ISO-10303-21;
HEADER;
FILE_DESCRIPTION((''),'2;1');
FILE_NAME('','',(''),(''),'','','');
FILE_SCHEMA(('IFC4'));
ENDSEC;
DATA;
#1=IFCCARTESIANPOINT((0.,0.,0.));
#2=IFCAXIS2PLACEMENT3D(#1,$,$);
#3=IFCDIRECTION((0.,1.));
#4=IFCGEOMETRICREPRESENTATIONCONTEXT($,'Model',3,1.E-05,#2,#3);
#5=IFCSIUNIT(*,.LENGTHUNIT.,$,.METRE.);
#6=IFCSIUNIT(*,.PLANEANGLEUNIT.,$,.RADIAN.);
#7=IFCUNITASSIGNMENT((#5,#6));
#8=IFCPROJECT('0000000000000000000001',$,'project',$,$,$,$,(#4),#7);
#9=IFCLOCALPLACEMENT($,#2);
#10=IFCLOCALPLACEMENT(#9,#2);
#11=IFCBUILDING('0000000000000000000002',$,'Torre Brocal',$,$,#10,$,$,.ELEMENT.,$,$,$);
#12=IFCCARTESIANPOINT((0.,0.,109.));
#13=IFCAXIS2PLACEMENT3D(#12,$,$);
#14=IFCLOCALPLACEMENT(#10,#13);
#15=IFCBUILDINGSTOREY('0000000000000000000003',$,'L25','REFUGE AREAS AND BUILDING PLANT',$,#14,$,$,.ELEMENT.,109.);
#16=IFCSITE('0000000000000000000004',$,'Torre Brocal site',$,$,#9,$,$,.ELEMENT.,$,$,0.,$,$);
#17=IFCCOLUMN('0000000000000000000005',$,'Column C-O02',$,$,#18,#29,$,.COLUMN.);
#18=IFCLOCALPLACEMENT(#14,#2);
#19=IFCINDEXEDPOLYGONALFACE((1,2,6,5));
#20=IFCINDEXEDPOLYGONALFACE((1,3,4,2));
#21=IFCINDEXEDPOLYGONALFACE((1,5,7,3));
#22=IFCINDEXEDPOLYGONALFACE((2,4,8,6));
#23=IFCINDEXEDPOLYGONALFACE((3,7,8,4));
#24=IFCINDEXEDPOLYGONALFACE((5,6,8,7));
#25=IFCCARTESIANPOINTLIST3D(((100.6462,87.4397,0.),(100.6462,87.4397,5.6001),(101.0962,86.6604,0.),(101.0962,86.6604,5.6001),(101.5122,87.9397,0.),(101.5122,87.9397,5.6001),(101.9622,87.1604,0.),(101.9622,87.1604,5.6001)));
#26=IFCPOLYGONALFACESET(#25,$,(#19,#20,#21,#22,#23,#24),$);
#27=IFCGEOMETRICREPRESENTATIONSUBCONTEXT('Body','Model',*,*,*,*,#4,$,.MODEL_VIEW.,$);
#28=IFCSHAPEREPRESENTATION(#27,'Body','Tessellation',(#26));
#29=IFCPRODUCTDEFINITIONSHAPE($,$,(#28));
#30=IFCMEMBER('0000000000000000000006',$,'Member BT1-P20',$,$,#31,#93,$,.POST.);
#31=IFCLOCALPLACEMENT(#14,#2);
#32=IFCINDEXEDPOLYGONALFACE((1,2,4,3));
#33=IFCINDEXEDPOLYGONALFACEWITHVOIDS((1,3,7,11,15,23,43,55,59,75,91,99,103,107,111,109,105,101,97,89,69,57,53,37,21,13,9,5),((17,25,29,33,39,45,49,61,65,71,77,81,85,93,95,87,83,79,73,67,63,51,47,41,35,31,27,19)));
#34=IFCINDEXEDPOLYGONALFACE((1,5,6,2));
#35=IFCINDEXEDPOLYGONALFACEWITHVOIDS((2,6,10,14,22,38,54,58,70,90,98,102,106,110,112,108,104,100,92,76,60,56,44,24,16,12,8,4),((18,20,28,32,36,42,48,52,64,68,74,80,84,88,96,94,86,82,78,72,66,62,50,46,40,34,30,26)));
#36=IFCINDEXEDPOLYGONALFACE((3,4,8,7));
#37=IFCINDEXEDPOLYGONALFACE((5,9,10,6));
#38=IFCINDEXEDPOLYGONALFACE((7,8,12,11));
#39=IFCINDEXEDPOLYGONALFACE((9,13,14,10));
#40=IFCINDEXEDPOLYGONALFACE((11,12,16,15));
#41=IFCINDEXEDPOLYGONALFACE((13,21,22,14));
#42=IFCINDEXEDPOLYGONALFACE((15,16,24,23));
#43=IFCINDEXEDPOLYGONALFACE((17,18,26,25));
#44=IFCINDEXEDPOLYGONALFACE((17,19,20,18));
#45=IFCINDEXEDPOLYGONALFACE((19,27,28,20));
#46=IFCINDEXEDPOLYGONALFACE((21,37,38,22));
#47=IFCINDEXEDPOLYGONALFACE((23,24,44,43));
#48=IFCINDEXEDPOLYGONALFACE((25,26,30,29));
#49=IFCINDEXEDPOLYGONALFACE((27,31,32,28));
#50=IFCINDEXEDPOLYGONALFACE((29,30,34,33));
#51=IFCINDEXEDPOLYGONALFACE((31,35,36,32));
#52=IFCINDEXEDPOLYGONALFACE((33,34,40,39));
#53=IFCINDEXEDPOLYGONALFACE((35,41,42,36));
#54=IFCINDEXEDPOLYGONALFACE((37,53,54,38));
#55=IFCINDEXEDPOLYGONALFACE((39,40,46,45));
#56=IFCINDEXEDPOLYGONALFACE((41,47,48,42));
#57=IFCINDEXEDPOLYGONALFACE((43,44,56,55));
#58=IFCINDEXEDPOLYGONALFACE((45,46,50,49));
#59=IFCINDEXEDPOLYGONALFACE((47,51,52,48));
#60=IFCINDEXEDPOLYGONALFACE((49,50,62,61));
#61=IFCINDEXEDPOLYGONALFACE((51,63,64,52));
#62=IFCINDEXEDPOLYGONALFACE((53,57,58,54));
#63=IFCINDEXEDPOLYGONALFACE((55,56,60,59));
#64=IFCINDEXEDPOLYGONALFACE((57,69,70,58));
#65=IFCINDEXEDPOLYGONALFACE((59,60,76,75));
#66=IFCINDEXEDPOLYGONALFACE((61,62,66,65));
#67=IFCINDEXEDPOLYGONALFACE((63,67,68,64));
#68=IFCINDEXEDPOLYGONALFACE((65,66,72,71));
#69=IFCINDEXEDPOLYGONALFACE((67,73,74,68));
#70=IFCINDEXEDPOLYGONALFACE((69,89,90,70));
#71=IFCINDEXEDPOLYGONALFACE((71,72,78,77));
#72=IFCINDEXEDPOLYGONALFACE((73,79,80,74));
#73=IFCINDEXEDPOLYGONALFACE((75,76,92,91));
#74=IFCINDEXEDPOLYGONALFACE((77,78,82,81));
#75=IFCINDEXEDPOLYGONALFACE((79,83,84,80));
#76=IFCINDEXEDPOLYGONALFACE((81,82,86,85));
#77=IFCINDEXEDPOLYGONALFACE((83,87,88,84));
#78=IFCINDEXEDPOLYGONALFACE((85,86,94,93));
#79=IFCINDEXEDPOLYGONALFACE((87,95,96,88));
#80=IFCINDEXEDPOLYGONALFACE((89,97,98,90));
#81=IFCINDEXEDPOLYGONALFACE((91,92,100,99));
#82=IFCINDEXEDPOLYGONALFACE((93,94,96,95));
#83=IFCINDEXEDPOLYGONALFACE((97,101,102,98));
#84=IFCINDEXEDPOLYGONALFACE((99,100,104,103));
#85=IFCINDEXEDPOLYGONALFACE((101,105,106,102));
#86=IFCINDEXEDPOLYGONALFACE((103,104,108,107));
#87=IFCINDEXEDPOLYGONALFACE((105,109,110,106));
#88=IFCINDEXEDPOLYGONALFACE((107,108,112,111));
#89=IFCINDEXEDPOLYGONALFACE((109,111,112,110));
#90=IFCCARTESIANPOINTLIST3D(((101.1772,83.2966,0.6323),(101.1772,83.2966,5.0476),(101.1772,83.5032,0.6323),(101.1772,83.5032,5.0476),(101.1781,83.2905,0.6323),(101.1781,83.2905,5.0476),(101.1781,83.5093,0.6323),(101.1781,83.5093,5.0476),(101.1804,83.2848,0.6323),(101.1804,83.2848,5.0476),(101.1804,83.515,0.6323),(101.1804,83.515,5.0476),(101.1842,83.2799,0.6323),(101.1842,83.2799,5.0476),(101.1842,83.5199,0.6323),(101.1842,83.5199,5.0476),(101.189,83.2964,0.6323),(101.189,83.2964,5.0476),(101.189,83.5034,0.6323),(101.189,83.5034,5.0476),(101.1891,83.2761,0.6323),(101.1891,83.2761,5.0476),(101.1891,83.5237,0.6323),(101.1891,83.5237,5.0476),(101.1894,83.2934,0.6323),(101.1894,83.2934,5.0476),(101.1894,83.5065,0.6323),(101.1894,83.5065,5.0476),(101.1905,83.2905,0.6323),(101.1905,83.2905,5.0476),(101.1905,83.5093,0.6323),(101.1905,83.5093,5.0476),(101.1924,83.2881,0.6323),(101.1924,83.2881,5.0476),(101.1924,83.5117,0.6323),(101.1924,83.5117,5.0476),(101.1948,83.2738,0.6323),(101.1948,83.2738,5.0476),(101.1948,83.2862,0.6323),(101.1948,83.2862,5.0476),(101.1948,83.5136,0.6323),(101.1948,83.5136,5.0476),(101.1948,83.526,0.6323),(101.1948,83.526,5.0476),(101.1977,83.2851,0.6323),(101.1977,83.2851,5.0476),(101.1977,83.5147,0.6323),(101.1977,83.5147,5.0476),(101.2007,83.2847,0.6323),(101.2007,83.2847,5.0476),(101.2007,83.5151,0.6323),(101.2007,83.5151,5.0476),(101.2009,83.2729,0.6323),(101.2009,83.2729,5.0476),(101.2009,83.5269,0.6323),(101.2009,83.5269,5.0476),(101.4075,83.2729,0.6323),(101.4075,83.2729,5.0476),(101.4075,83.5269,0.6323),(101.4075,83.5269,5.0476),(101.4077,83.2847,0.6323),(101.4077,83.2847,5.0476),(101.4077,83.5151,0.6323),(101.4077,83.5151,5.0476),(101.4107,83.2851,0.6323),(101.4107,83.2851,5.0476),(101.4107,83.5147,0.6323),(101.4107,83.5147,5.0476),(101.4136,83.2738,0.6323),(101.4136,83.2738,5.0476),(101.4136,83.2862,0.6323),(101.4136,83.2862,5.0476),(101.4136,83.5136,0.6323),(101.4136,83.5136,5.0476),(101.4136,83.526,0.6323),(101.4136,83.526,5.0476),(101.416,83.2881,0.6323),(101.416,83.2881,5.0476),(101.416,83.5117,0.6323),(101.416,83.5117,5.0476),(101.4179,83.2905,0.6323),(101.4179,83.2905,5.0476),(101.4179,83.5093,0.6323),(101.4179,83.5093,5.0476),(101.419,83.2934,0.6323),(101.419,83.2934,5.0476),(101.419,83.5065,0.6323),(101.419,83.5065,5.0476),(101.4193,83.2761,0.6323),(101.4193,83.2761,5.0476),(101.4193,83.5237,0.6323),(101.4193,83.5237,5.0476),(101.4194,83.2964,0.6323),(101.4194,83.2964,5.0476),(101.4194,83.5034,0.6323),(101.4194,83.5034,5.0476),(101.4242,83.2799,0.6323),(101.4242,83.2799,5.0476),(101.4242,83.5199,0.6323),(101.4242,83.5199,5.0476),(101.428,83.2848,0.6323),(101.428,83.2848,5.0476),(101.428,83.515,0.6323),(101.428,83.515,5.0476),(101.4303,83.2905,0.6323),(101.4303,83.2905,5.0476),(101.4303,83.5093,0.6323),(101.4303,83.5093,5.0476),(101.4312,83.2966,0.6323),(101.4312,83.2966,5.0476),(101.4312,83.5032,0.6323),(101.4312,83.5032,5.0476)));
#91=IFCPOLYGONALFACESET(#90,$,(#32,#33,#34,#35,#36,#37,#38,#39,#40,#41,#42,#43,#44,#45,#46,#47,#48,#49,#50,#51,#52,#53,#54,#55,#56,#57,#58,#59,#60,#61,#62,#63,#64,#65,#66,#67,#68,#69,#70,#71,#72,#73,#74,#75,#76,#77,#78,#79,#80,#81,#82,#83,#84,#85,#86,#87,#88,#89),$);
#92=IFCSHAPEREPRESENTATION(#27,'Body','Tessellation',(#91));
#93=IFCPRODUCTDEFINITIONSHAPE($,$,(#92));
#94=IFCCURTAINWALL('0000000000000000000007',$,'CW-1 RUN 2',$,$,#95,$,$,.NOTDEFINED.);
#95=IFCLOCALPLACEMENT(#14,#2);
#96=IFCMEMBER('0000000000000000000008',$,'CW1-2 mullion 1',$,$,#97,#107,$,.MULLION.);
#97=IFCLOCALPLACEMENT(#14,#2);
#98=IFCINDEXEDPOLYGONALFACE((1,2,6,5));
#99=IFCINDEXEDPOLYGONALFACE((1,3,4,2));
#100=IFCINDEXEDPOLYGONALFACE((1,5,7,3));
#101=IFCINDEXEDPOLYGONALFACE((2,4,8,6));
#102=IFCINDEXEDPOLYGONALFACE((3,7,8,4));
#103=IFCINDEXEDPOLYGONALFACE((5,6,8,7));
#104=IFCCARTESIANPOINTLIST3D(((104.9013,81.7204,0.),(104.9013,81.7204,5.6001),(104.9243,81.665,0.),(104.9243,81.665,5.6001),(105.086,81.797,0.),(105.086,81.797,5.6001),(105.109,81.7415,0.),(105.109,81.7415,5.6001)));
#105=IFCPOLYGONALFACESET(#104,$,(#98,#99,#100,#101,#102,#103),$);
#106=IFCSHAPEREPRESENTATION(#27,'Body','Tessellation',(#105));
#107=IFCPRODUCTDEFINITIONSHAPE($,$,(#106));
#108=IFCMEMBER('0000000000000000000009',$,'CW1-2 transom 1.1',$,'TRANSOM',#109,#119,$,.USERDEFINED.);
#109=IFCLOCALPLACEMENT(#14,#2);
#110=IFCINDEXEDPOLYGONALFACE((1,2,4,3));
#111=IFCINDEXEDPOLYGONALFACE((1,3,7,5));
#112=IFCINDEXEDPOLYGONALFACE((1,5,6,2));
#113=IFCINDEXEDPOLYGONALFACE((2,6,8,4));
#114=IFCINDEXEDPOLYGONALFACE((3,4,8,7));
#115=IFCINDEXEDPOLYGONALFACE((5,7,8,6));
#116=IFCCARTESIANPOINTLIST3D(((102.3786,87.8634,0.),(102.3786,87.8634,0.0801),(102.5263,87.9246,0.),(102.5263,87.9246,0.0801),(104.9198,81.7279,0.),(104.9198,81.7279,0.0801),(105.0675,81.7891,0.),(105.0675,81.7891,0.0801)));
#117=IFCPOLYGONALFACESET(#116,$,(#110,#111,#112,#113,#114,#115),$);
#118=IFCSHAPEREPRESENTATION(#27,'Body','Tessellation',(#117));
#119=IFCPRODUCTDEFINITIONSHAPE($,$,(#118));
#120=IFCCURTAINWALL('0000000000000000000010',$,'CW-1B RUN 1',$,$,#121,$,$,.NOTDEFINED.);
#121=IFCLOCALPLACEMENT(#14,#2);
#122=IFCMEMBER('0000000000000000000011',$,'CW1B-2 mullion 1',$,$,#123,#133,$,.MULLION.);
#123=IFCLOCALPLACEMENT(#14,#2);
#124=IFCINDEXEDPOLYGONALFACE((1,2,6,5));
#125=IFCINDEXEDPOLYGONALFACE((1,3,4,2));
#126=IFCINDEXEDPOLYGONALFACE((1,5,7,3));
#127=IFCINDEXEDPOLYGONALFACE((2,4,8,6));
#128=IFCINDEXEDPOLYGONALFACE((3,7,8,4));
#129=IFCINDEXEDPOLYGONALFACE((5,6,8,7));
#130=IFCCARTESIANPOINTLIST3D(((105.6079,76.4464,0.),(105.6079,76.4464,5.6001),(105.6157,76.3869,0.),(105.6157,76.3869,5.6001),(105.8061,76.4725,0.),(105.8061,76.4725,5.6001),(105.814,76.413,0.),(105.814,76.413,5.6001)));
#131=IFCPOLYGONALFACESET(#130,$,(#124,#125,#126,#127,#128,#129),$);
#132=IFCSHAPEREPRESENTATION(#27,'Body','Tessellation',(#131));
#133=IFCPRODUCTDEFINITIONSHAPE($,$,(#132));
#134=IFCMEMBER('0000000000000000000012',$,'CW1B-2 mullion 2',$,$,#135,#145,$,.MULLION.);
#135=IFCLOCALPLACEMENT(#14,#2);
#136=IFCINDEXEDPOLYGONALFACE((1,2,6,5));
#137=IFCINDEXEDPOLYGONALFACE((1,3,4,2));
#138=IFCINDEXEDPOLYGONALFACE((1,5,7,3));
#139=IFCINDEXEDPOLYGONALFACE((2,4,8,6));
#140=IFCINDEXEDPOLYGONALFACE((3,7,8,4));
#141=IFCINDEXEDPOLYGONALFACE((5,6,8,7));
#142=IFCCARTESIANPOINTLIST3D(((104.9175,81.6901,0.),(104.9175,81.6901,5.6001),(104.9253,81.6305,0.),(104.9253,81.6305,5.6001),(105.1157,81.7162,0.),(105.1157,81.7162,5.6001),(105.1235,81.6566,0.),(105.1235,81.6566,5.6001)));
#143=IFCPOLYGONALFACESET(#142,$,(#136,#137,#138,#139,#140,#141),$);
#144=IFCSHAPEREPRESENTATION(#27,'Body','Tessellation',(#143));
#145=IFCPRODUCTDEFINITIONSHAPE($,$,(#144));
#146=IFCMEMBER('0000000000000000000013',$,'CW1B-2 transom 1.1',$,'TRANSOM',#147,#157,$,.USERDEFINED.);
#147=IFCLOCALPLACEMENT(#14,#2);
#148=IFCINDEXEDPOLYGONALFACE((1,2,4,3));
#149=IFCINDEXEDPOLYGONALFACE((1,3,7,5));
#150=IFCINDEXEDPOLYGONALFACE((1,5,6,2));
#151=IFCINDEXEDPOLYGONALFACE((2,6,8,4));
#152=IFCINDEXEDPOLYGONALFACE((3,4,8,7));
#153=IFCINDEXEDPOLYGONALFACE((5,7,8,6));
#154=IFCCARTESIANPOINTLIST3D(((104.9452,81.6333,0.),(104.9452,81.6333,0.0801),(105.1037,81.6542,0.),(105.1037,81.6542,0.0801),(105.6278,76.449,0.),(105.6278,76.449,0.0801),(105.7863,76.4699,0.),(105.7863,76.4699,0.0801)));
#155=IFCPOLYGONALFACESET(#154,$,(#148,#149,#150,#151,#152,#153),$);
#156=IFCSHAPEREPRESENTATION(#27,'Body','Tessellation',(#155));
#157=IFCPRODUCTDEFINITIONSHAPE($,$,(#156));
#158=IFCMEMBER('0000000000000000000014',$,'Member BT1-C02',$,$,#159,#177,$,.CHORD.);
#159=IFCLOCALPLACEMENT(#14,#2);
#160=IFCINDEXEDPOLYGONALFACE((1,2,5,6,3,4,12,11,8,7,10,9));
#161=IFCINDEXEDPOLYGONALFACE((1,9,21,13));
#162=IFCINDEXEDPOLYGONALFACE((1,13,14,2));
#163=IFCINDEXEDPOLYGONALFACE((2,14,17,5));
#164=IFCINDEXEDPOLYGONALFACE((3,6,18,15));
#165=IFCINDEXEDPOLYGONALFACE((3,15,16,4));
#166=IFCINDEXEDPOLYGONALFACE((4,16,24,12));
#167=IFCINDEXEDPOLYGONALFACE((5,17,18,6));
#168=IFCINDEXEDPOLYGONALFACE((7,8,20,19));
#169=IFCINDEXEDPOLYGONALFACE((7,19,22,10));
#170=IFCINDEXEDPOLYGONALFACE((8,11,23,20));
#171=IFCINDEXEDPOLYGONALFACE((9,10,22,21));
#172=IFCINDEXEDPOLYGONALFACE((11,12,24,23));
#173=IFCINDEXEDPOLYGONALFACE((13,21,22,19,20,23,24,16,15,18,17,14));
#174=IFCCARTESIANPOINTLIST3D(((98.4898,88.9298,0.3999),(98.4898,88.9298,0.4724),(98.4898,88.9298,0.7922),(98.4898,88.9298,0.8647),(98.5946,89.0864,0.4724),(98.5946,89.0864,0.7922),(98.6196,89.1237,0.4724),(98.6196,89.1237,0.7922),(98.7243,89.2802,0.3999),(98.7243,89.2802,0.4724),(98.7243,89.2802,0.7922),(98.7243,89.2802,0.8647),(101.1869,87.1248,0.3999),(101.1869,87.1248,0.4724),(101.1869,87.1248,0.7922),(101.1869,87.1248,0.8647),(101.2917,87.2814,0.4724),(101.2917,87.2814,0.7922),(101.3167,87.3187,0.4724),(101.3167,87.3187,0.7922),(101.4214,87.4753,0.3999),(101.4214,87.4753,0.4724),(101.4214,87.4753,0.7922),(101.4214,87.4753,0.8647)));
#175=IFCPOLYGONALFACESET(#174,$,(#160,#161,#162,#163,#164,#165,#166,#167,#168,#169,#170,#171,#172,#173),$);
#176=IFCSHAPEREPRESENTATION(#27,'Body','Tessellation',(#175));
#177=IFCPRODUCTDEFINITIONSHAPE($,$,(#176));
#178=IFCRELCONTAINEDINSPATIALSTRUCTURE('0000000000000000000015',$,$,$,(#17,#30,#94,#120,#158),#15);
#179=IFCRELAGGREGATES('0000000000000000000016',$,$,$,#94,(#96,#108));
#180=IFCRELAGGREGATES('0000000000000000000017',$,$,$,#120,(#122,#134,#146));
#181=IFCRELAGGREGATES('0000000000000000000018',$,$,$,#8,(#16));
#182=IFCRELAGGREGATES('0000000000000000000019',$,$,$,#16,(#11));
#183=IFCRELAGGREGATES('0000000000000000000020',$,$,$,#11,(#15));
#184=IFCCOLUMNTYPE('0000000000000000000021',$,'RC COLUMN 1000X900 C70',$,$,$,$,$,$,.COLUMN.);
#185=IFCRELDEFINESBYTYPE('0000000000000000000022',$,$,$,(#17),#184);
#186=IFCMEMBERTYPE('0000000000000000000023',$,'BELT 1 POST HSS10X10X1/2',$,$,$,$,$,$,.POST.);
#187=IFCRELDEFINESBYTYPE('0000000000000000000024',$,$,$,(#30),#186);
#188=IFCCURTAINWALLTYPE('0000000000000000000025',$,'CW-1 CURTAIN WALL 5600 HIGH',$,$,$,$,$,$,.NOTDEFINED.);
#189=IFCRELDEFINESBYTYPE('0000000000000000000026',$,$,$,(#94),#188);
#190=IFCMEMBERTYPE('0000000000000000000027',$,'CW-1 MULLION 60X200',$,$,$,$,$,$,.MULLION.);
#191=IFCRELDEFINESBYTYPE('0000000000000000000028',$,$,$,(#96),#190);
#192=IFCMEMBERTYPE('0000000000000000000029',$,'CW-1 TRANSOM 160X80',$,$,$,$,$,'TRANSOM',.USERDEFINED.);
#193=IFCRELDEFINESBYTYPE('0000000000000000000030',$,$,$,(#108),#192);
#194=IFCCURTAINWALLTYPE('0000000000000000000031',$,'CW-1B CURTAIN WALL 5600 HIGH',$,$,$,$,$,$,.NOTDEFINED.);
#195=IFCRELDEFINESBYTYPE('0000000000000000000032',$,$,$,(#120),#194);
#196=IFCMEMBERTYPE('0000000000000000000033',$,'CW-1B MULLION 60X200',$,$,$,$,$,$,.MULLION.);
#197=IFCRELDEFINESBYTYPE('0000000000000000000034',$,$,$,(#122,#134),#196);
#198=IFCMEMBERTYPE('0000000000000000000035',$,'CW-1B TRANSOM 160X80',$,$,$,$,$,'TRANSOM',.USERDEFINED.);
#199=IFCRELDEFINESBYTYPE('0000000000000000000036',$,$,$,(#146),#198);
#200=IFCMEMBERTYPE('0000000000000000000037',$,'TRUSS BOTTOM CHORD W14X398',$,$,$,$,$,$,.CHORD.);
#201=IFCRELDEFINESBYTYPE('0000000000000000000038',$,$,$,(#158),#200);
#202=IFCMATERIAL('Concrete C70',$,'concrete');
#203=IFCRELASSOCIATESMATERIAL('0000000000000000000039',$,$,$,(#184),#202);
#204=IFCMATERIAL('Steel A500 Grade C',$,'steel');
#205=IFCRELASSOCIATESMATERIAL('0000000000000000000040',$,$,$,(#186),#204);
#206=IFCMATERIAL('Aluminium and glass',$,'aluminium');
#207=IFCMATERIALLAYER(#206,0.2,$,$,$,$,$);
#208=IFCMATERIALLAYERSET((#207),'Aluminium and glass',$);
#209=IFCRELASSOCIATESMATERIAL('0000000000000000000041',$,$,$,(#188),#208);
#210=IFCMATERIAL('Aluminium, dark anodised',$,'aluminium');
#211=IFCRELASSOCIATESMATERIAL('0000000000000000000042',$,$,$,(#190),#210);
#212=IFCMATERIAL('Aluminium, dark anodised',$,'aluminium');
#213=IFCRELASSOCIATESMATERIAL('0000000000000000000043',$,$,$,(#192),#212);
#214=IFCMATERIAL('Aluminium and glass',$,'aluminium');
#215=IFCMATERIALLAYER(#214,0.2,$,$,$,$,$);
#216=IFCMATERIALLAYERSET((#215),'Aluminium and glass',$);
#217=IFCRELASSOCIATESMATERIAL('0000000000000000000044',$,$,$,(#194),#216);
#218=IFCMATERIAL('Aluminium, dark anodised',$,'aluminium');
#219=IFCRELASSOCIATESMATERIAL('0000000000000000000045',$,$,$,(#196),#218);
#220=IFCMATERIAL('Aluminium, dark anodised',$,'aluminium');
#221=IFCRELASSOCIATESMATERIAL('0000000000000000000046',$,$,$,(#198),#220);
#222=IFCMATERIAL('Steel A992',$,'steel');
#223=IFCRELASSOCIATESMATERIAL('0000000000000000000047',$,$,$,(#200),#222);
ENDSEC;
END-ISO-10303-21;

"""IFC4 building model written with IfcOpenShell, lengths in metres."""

from ifc_helpers import new_model, si_unit, direction, frame, origin, origin_2d, place, context, subcontext, project, spatial, rectangle, hollow_rectangle, i_section, extrude, material, layer, layer_set, material_profile, profile_set, type_object, element, aggregate, save


model = new_model("IFC4")

# Units and contexts
model_context = context("Model", 3, precision=1e-05, world=origin(), true_north=direction((0.0, 1.0)))
body_context = subcontext(model_context, "Body", "Model", "MODEL_VIEW")
ifc_project = project(units=[si_unit("LENGTHUNIT", "METRE"), si_unit("PLANEANGLEUNIT", "RADIAN")], contexts=[model_context])

# Site, building, storey
site_placement = place(None, origin())
site = spatial("IfcSite", under=ifc_project, at=site_placement, Name="Torre Brocal site", CompositionType="ELEMENT", RefElevation=0.0)
building_placement = place(site_placement, origin())
building = spatial("IfcBuilding", under=site, at=building_placement, Name="Torre Brocal", CompositionType="ELEMENT")
storey_placement = place(building_placement, frame((0.0, 0.0, 109.0)))
storey = spatial("IfcBuildingStorey", under=building, at=storey_placement, Name="L25", Description="REFUGE AREAS AND BUILDING PLANT", CompositionType="ELEMENT", Elevation=109.0)

# Column
ifc_material_1 = material(Name="Concrete C70", Category="concrete")
ifc_material_profile_1 = material_profile(ifc_material_1, rectangle(XDim=1.0, YDim=0.8999, at=origin_2d()), Name="RC 1000X900")
ifc_profile_set_1 = profile_set([ifc_material_profile_1], Name="Concrete C70")
column_type = type_object("IfcColumnType", Name="RC COLUMN 1000X900 C70", PredefinedType="COLUMN", material=ifc_profile_set_1)
column_placement = place(storey_placement, frame((101.3042, 87.3, 0.0), z_axis=(0.0, 0.0, 1.0), x_axis=(0.866025, 0.5, 0.0)))
element("IfcColumn", 1, at=column_placement, inside=storey, type_object=column_type, Name="Column C-O02", PredefinedType="COLUMN", context=body_context, shape_type="SweptSolid", body=[
    extrude(rectangle(XDim=1.0, YDim=0.8999, at=origin_2d()), origin(), (0.0, 0.0, 1.0), 5.6001),
])

# Member
ifc_material_2 = material(Name="Steel A500 Grade C", Category="steel")
ifc_material_profile_2 = material_profile(ifc_material_2, hollow_rectangle(XDim=0.2539, YDim=0.2539, WallThickness=0.0117, InnerFilletRadius=0.0117, OuterFilletRadius=0.0237, at=origin_2d()), Name="HSS10X10X1/2")
ifc_profile_set_2 = profile_set([ifc_material_profile_2], Name="Steel A500 Grade C")
member_type_1 = type_object("IfcMemberType", Name="BELT 1 POST HSS10X10X1/2", PredefinedType="POST", material=ifc_profile_set_2)
member_1_placement = place(storey_placement, frame((101.3042, 83.3999, 0.6323), z_axis=(0.0, 0.0, 1.0), x_axis=(1.0, 0.0, 0.0)))
element("IfcMember", 2, at=member_1_placement, inside=storey, type_object=member_type_1, Name="Member BT1-P20", PredefinedType="POST", context=body_context, shape_type="SweptSolid", body=[
    extrude(hollow_rectangle(XDim=0.2539, YDim=0.2539, WallThickness=0.0117, InnerFilletRadius=0.0117, OuterFilletRadius=0.0237, at=origin_2d()), origin(), (0.0, 0.0, 1.0), 4.4153),
])

# Curtain walls, members
ifc_material_3 = material(Name="Aluminium and glass", Category="aluminium")
ifc_layer_1 = layer(ifc_material_3, 0.2)
ifc_layer_set_1 = layer_set([ifc_layer_1], Name="Aluminium and glass")
curtain_wall_type_1 = type_object("IfcCurtainWallType", Name="CW-1 CURTAIN WALL 5600 HIGH", PredefinedType="NOTDEFINED", material=ifc_layer_set_1)
curtain_wall_1_placement = place(storey_placement, origin())
curtain_wall_1 = element("IfcCurtainWall", 3, at=curtain_wall_1_placement, inside=storey, type_object=curtain_wall_type_1, Name="CW-1 RUN 2", PredefinedType="NOTDEFINED")
ifc_material_4 = material(Name="Aluminium, dark anodised", Category="aluminium")
ifc_material_profile_3 = material_profile(ifc_material_4, rectangle(XDim=0.2, YDim=0.0601, at=origin_2d()), Name="CW-1 MULLION 60X200")
ifc_profile_set_3 = profile_set([ifc_material_profile_3], Name="Aluminium, dark anodised")
member_type_2 = type_object("IfcMemberType", Name="CW-1 MULLION 60X200", PredefinedType="MULLION", material=ifc_profile_set_3)
member_2_placement = place(storey_placement, frame((105.0051, 81.731, 0.0), z_axis=(0.0, 0.0, 1.0), x_axis=(-0.92388, -0.382683, 0.0)))
member_2 = element("IfcMember", 4, at=member_2_placement, type_object=member_type_2, Name="CW1-2 mullion 1", PredefinedType="MULLION", context=body_context, shape_type="SweptSolid", body=[
    extrude(rectangle(XDim=0.2, YDim=0.0601, at=origin_2d()), origin(), (0.0, 0.0, 1.0), 5.6001),
])
ifc_material_5 = material(Name="Aluminium, dark anodised", Category="aluminium")
ifc_material_profile_4 = material_profile(ifc_material_5, rectangle(XDim=0.1599, YDim=0.0801, at=origin_2d()), Name="CW-1 TRANSOM 160X80")
ifc_profile_set_4 = profile_set([ifc_material_profile_4], Name="Aluminium, dark anodised")
member_type_3 = type_object("IfcMemberType", Name="CW-1 TRANSOM 160X80", ElementType="TRANSOM", PredefinedType="USERDEFINED", material=ifc_profile_set_4)
member_3_placement = place(storey_placement, frame((104.9937, 81.7585, 0.04), z_axis=(-0.382665, 0.923887, 0.0), x_axis=(-0.923887, -0.382665, 0.0)))
member_3 = element("IfcMember", 5, at=member_3_placement, type_object=member_type_3, Name="CW1-2 transom 1.1", ObjectType="TRANSOM", PredefinedType="USERDEFINED", context=body_context, shape_type="SweptSolid", body=[
    extrude(rectangle(XDim=0.1599, YDim=0.0801, at=origin_2d()), origin(), (0.0, 0.0, 1.0), 6.6409),
])
ifc_material_6 = material(Name="Aluminium and glass", Category="aluminium")
ifc_layer_2 = layer(ifc_material_6, 0.2)
ifc_layer_set_2 = layer_set([ifc_layer_2], Name="Aluminium and glass")
curtain_wall_type_2 = type_object("IfcCurtainWallType", Name="CW-1B CURTAIN WALL 5600 HIGH", PredefinedType="NOTDEFINED", material=ifc_layer_set_2)
curtain_wall_2_placement = place(storey_placement, origin())
curtain_wall_2 = element("IfcCurtainWall", 6, at=curtain_wall_2_placement, inside=storey, type_object=curtain_wall_type_2, Name="CW-1B RUN 1", PredefinedType="NOTDEFINED")
ifc_material_7 = material(Name="Aluminium, dark anodised", Category="aluminium")
ifc_material_profile_5 = material_profile(ifc_material_7, rectangle(XDim=0.2, YDim=0.0601, at=origin_2d()), Name="CW-1B MULLION 60X200")
ifc_profile_set_5 = profile_set([ifc_material_profile_5], Name="Aluminium, dark anodised")
member_type_4 = type_object("IfcMemberType", Name="CW-1B MULLION 60X200", PredefinedType="MULLION", material=ifc_profile_set_5)
member_4_placement = place(storey_placement, frame((105.7109, 76.4297, 0.0), z_axis=(0.0, 0.0, 1.0), x_axis=(-0.991445, -0.130526, 0.0)))
member_4 = element("IfcMember", 7, at=member_4_placement, type_object=member_type_4, Name="CW1B-2 mullion 1", PredefinedType="MULLION", context=body_context, shape_type="SweptSolid", body=[
    extrude(rectangle(XDim=0.2, YDim=0.0601, at=origin_2d()), origin(), (0.0, 0.0, 1.0), 5.6001),
])
member_5_placement = place(storey_placement, frame((105.0205, 81.6733, 0.0), z_axis=(0.0, 0.0, 1.0), x_axis=(-0.991445, -0.130526, 0.0)))
member_5 = element("IfcMember", 8, at=member_5_placement, type_object=member_type_4, Name="CW1B-2 mullion 2", PredefinedType="MULLION", context=body_context, shape_type="SweptSolid", body=[
    extrude(rectangle(XDim=0.2, YDim=0.0601, at=origin_2d()), origin(), (0.0, 0.0, 1.0), 5.6001),
])
ifc_material_8 = material(Name="Aluminium, dark anodised", Category="aluminium")
ifc_material_profile_6 = material_profile(ifc_material_8, rectangle(XDim=0.1599, YDim=0.0801, at=origin_2d()), Name="CW-1B TRANSOM 160X80")
ifc_profile_set_6 = profile_set([ifc_material_profile_6], Name="Aluminium, dark anodised")
member_type_5 = type_object("IfcMemberType", Name="CW-1B TRANSOM 160X80", ElementType="TRANSOM", PredefinedType="USERDEFINED", material=ifc_profile_set_6)
member_6_placement = place(storey_placement, frame((105.707, 76.4595, 0.04), z_axis=(-0.130543, 0.991443, 0.0), x_axis=(-0.991443, -0.130543, 0.0)))
member_6 = element("IfcMember", 9, at=member_6_placement, type_object=member_type_5, Name="CW1B-2 transom 1.1", ObjectType="TRANSOM", PredefinedType="USERDEFINED", context=body_context, shape_type="SweptSolid", body=[
    extrude(rectangle(XDim=0.1599, YDim=0.0801, at=origin_2d()), origin(), (0.0, 0.0, 1.0), 5.229),
])

# Member
ifc_material_9 = material(Name="Steel A992", Category="steel")
ifc_material_profile_7 = material_profile(ifc_material_9, i_section(OverallWidth=0.4216, OverallDepth=0.4648, WebThickness=0.0449, FlangeThickness=0.0725, at=origin_2d()), Name="W14X398")
ifc_profile_set_7 = profile_set([ifc_material_profile_7], Name="Steel A992")
member_type_6 = type_object("IfcMemberType", Name="TRUSS BOTTOM CHORD W14X398", PredefinedType="CHORD", material=ifc_profile_set_7)
member_7_placement = place(storey_placement, frame((101.3042, 87.3, 0.6323), z_axis=(-0.831065, 0.556175, 0.0), x_axis=(-0.556175, -0.831065, 0.0)))
element("IfcMember", 10, at=member_7_placement, inside=storey, type_object=member_type_6, Name="Member BT1-C02", PredefinedType="CHORD", context=body_context, shape_type="SweptSolid", body=[
    extrude(i_section(OverallWidth=0.4216, OverallDepth=0.4648, WebThickness=0.0449, FlangeThickness=0.0725, at=origin_2d()), origin(), (0.0, 0.0, 1.0), 3.2454),
])

aggregate(curtain_wall_1, [member_2, member_3])
aggregate(curtain_wall_2, [member_4, member_5, member_6])

save(model, "model.ifc")
